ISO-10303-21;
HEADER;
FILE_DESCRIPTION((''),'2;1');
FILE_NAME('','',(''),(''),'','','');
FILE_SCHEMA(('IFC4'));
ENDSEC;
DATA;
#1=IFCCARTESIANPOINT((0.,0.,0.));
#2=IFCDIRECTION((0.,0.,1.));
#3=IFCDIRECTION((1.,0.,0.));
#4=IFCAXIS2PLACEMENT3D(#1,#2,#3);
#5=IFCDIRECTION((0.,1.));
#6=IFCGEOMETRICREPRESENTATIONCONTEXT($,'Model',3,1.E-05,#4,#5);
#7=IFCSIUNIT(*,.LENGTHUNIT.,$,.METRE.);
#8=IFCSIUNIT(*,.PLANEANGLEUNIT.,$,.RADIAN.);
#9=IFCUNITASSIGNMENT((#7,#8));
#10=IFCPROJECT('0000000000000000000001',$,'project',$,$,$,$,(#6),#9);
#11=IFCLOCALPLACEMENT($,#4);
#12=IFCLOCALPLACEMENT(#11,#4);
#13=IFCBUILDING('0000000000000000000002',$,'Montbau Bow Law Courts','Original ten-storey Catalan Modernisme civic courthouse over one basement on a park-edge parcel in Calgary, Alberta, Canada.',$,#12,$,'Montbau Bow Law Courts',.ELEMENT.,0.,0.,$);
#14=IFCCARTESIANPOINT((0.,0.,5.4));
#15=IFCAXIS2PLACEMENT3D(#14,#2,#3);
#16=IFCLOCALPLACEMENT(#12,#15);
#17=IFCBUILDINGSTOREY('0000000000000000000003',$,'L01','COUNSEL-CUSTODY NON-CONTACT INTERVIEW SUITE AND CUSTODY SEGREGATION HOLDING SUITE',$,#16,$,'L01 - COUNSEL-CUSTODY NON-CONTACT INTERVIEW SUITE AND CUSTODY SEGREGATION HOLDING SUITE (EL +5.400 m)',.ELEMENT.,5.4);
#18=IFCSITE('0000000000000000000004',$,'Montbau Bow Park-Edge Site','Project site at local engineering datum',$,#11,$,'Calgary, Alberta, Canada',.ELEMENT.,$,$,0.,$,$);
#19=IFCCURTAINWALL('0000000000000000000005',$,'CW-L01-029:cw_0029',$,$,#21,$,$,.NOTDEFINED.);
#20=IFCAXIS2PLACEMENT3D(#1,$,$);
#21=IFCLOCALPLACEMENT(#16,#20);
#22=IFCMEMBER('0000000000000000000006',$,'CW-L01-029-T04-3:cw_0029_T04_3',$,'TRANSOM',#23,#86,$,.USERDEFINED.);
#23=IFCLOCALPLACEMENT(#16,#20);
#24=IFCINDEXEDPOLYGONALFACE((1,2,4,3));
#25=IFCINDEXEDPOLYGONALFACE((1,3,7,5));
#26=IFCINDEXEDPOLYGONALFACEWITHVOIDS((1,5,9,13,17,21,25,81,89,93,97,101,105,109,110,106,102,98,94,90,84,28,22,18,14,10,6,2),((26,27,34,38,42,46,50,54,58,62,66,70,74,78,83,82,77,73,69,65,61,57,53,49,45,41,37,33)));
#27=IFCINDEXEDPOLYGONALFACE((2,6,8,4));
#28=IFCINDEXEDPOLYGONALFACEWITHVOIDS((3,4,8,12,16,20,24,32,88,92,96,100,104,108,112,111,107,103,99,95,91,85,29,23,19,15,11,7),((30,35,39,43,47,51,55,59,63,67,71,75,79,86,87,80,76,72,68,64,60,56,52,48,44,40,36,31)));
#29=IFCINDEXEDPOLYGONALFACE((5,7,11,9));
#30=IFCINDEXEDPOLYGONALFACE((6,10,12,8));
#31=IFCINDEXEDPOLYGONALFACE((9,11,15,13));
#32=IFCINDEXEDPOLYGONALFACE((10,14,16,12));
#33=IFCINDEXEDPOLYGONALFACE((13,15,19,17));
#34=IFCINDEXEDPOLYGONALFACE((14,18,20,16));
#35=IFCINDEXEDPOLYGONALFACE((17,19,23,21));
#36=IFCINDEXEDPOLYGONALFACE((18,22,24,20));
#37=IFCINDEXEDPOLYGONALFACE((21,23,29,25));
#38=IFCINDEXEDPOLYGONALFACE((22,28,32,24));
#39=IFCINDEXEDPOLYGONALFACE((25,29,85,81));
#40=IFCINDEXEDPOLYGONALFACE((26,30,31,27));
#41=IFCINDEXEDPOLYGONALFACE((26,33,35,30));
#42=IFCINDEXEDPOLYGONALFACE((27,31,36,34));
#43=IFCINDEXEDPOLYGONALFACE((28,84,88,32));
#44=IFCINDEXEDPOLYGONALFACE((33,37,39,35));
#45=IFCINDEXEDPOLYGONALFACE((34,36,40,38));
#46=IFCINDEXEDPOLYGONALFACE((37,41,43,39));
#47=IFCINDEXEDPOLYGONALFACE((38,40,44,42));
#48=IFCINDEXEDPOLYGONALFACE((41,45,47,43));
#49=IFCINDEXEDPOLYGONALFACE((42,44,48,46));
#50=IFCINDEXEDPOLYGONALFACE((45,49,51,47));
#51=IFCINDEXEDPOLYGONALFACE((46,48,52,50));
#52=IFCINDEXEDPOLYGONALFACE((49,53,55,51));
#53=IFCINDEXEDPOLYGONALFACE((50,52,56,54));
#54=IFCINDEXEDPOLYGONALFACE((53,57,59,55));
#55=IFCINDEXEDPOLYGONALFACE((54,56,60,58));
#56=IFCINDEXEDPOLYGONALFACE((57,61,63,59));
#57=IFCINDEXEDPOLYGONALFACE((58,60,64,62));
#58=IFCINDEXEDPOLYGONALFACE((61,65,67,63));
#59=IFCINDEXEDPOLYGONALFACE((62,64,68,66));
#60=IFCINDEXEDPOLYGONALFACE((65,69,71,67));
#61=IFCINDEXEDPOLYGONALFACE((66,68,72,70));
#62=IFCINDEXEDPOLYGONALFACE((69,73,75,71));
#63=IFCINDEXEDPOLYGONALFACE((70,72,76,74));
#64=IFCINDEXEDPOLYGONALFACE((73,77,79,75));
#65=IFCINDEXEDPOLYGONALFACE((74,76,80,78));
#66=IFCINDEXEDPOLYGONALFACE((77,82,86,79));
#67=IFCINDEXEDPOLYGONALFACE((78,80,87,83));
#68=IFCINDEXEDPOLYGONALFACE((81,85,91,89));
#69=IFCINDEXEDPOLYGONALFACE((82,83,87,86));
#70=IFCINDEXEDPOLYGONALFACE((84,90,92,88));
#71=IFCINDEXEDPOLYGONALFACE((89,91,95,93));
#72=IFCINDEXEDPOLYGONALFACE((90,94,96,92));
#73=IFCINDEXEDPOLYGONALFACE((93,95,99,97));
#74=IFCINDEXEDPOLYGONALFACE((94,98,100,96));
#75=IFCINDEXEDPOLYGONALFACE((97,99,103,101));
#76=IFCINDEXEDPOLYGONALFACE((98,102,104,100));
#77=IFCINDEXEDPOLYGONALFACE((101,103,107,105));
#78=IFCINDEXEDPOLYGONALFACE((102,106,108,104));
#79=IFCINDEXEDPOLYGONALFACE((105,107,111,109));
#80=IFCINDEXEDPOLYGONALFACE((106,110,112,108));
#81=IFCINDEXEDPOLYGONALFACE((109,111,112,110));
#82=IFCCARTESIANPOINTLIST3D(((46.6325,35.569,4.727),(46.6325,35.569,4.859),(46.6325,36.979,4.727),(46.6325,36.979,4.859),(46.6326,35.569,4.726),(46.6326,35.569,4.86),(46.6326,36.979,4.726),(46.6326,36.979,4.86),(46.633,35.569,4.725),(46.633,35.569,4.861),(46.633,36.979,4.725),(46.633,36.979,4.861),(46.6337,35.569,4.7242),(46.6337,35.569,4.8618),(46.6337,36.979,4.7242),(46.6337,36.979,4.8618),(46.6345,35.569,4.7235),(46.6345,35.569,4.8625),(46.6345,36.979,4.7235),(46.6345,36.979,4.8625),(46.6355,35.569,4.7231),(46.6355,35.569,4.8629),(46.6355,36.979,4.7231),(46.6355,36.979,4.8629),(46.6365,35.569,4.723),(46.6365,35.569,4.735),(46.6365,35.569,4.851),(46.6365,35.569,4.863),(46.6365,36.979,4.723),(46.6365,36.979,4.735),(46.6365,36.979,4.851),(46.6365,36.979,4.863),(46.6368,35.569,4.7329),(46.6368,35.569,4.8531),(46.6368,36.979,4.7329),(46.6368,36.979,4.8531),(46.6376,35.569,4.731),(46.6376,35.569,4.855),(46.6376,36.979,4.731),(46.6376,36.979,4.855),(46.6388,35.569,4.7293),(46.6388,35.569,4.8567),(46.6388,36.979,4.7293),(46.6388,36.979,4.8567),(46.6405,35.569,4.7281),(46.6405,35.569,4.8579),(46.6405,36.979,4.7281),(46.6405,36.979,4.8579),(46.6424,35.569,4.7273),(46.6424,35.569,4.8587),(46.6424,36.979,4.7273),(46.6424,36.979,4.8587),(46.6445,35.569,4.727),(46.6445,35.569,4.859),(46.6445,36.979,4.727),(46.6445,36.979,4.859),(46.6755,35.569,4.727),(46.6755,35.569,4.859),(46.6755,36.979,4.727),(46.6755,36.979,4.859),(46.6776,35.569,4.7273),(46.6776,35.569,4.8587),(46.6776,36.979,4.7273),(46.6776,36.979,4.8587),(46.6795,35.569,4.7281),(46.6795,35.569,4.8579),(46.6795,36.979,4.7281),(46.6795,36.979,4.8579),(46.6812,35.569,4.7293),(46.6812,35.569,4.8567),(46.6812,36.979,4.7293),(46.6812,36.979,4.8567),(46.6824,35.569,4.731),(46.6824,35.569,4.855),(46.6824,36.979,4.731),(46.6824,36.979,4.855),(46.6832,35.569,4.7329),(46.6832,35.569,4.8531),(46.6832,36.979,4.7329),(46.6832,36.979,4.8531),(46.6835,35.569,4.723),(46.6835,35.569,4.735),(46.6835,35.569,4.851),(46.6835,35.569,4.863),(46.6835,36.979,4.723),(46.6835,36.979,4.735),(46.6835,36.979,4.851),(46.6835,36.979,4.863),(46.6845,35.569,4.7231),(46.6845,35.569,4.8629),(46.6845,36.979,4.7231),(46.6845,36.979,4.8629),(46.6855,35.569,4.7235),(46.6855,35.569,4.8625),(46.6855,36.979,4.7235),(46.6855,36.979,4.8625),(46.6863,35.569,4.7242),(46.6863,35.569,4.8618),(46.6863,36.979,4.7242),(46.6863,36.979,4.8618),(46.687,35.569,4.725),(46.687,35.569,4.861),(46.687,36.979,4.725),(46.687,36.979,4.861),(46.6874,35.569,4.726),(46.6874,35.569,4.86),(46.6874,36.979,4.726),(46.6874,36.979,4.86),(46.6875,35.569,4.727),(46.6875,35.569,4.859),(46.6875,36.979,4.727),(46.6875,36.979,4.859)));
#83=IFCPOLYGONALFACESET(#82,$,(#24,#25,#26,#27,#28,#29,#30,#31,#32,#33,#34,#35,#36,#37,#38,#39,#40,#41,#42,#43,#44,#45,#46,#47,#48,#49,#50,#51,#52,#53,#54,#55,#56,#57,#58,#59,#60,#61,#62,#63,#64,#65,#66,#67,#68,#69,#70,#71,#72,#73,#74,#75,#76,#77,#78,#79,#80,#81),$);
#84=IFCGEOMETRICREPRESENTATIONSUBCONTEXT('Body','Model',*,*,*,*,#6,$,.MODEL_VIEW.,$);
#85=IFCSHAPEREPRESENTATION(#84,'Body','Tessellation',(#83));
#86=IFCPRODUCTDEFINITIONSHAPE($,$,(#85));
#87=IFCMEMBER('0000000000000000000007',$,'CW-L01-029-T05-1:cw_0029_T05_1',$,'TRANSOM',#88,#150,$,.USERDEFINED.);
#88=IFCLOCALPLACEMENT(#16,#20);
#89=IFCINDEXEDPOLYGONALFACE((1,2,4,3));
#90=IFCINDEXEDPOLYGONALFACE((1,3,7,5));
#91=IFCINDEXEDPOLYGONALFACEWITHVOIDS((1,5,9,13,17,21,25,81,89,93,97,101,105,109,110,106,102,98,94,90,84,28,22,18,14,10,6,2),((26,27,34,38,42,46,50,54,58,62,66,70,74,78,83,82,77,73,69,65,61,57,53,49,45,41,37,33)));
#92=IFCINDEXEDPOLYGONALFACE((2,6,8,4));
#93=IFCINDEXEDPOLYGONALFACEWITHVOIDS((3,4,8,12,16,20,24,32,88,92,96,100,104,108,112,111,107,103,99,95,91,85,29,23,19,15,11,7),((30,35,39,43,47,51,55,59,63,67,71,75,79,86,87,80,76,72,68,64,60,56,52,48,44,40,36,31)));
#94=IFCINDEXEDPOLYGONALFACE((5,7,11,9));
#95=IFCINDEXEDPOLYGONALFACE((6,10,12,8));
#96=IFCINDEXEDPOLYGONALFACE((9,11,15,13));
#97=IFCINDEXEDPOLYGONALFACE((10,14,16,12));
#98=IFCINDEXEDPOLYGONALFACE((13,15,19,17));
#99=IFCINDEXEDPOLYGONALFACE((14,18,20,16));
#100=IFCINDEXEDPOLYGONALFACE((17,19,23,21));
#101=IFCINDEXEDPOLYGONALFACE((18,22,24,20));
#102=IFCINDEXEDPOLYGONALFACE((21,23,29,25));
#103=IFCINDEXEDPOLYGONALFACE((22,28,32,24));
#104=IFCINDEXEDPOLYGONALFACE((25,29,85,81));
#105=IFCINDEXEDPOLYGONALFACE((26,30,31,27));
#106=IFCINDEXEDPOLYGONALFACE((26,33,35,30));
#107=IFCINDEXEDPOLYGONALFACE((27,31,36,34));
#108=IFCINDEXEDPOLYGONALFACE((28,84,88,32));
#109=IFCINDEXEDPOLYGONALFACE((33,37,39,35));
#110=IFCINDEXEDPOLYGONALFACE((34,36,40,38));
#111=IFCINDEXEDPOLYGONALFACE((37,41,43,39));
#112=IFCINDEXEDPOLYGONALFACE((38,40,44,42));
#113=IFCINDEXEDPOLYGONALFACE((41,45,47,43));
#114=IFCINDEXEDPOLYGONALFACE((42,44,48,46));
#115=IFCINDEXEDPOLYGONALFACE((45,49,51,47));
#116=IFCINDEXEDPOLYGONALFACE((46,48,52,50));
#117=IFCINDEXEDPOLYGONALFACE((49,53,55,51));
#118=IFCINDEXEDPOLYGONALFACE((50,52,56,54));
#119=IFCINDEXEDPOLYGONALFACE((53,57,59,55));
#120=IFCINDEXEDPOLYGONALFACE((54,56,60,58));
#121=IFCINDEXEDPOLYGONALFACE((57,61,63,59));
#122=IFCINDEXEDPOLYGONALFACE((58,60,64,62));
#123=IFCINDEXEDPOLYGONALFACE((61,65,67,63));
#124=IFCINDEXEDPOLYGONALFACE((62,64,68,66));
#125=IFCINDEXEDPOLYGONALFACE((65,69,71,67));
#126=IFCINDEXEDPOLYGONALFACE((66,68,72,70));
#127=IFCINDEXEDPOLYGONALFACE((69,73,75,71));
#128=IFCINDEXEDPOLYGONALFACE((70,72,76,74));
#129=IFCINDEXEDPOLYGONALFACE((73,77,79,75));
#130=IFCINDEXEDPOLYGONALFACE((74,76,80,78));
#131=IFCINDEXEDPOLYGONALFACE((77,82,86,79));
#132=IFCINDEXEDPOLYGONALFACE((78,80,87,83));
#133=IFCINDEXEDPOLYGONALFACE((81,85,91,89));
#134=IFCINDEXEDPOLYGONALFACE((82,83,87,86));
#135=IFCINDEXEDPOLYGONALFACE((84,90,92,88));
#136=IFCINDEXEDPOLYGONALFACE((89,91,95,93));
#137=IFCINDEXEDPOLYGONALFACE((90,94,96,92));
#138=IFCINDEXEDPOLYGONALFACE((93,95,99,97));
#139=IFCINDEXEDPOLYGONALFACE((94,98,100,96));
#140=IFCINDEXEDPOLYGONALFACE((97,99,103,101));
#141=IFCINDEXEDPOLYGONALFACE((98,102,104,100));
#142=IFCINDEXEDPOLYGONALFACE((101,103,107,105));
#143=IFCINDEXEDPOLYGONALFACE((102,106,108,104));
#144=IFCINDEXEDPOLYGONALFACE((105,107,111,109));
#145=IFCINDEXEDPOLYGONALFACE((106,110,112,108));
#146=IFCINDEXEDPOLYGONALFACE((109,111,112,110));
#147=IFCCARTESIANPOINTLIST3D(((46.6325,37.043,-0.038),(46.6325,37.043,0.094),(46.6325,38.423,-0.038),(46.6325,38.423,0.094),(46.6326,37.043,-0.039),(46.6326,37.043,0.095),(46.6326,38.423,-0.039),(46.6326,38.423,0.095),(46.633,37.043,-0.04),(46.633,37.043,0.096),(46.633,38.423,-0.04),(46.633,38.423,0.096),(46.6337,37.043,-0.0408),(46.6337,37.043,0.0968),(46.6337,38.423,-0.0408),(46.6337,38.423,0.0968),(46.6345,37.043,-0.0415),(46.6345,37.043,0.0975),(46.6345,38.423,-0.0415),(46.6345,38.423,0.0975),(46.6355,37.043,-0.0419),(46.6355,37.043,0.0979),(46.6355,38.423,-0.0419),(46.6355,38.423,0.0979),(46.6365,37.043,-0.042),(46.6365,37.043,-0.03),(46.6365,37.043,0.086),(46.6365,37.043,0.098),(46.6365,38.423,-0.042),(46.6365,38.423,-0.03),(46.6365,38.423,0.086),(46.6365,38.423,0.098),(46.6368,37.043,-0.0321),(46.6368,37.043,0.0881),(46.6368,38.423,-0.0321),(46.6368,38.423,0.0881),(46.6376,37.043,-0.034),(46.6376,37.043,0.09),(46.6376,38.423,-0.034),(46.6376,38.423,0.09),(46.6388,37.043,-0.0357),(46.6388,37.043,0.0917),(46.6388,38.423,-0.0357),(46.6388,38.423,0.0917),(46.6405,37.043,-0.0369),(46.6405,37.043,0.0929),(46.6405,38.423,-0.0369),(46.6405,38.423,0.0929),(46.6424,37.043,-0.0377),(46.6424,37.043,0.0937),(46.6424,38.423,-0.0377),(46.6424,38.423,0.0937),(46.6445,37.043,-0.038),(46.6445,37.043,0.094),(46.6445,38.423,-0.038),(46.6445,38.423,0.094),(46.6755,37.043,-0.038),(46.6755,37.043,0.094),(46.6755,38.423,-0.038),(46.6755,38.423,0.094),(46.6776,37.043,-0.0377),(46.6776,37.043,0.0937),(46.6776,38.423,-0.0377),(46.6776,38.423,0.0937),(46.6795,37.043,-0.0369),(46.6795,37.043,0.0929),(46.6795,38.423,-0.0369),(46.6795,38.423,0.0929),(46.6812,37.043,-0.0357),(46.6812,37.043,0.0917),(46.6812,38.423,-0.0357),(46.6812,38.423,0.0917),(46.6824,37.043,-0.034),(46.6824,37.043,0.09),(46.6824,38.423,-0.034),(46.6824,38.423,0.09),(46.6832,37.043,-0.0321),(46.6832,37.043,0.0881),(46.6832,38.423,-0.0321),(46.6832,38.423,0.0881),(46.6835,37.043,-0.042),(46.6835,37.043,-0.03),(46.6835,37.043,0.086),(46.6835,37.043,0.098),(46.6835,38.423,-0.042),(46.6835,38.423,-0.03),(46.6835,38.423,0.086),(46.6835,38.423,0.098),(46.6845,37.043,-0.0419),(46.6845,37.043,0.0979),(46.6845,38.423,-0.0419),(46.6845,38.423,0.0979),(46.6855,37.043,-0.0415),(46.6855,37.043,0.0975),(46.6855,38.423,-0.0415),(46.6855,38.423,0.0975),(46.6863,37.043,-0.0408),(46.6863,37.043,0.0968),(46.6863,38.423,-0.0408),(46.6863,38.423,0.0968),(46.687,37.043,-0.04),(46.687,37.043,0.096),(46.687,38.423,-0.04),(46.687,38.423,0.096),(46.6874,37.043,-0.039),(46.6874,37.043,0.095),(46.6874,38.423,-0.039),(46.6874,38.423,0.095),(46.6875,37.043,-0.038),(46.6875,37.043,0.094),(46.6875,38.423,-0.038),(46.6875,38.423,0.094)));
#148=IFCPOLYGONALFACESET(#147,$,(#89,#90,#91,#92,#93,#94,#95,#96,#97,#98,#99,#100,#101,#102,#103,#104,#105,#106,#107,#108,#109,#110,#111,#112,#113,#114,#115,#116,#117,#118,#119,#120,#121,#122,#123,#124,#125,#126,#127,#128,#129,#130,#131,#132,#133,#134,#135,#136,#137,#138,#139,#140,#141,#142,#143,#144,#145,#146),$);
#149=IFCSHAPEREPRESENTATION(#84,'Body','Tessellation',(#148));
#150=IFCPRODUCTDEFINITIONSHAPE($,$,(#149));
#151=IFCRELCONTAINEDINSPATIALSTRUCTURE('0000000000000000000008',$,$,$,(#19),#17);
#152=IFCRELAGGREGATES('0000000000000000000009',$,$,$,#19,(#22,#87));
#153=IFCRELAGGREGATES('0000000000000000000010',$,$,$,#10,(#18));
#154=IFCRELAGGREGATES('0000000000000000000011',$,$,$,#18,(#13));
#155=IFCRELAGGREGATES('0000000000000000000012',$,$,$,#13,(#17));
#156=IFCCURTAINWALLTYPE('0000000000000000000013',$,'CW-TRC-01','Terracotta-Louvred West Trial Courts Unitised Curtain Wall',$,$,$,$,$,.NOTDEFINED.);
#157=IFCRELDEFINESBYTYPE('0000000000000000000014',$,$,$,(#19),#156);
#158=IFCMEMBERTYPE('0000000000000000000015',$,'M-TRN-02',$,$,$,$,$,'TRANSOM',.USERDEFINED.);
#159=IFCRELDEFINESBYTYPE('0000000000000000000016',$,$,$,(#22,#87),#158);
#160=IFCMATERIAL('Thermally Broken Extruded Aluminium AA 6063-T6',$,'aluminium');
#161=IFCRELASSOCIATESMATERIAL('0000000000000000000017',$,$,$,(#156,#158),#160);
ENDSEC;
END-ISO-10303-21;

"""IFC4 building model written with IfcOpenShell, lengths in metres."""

from ifc_helpers import new_model, si_unit, direction, frame, origin_with_axes, origin_2d_with_axis, place, context, subcontext, project, spatial, hollow_rectangle, extrude, material, material_profile, profile_set, type_object, element, aggregate, save


model = new_model("IFC4")

# Units and contexts
model_context = context("Model", 3, precision=1e-05, world=origin_with_axes(), true_north=direction((0.0, 1.0)))
body_context = subcontext(model_context, "Body", "Model", "MODEL_VIEW")
ifc_project = project(units=[si_unit("LENGTHUNIT", "METRE"), si_unit("PLANEANGLEUNIT", "RADIAN")], contexts=[model_context])

# Site, building, storey
site_placement = place(None, origin_with_axes())
site = spatial("IfcSite", under=ifc_project, at=site_placement, Name="Montbau Bow Park-Edge Site", Description="Project site at local engineering datum", LongName="Calgary, Alberta, Canada", CompositionType="ELEMENT", RefElevation=0.0)
building_placement = place(site_placement, origin_with_axes())
building = spatial("IfcBuilding", under=site, at=building_placement, Name="Montbau Bow Law Courts", Description="Original ten-storey Catalan Modernisme civic courthouse over one basement on a park-edge parcel in Calgary, Alberta, Canada.", LongName="Montbau Bow Law Courts", CompositionType="ELEMENT", ElevationOfRefHeight=0.0, ElevationOfTerrain=0.0)
storey_placement = place(building_placement, frame((0.0, 0.0, 5.4), z_axis=(0.0, 0.0, 1.0), x_axis=(1.0, 0.0, 0.0)))
storey = spatial("IfcBuildingStorey", under=building, at=storey_placement, Name="L01", Description="COUNSEL-CUSTODY NON-CONTACT INTERVIEW SUITE AND CUSTODY SEGREGATION HOLDING SUITE", LongName="L01 - COUNSEL-CUSTODY NON-CONTACT INTERVIEW SUITE AND CUSTODY SEGREGATION HOLDING SUITE (EL +5.400 m)", CompositionType="ELEMENT", Elevation=5.4)

# Curtain wall, members
ifc_material_1 = material(Name="Thermally Broken Extruded Aluminium AA 6063-T6", Category="aluminium")
curtain_wall_type = type_object("IfcCurtainWallType", Name="CW-TRC-01", Description="Terracotta-Louvred West Trial Courts Unitised Curtain Wall", PredefinedType="NOTDEFINED", material=ifc_material_1)
curtain_wall_placement = place(None, frame((46.66, 31.115, 5.4), z_axis=(0.0, 0.0, 1.0), x_axis=(1.0, 0.0, 0.0)))
curtain_wall = element("IfcCurtainWall", 1, at=curtain_wall_placement, inside=storey, type_object=curtain_wall_type, Name="CW-L01-029:cw_0029", PredefinedType="NOTDEFINED")
ifc_material_profile = material_profile(ifc_material_1, hollow_rectangle(XDim=0.055, YDim=0.14, WallThickness=0.004, InnerFilletRadius=0.008, OuterFilletRadius=0.004, at=origin_2d_with_axis()), Name="CWT-140X55", Category="Main", Priority=0)
ifc_profile_set = profile_set([ifc_material_profile], Name="Thermally Broken Extruded Aluminium AA 6063-T6")
member_type = type_object("IfcMemberType", Name="M-TRN-02", ElementType="TRANSOM", PredefinedType="USERDEFINED", material=ifc_profile_set)
member_1_placement = place(None, frame((46.66, 35.569, 10.193), z_axis=(0.0, 1.0, 0.0), x_axis=(-1.0, 0.0, 0.0)))
member_1 = element("IfcMember", 2, at=member_1_placement, type_object=member_type, Name="CW-L01-029-T04-3:cw_0029_T04_3", ObjectType="TRANSOM", PredefinedType="USERDEFINED", context=body_context, shape_type="SweptSolid", body=[
    extrude(hollow_rectangle(XDim=0.055, YDim=0.14, WallThickness=0.004, InnerFilletRadius=0.008, OuterFilletRadius=0.004, at=origin_2d_with_axis()), origin_with_axes(), (0.0, 0.0, 1.0), 1.41),
])
member_2_placement = place(None, frame((46.66, 37.043, 5.428), z_axis=(0.0, 1.0, 0.0), x_axis=(-1.0, 0.0, 0.0)))
member_2 = element("IfcMember", 3, at=member_2_placement, type_object=member_type, Name="CW-L01-029-T05-1:cw_0029_T05_1", ObjectType="TRANSOM", PredefinedType="USERDEFINED", context=body_context, shape_type="SweptSolid", body=[
    extrude(hollow_rectangle(XDim=0.055, YDim=0.14, WallThickness=0.004, InnerFilletRadius=0.008, OuterFilletRadius=0.004, at=origin_2d_with_axis()), origin_with_axes(), (0.0, 0.0, 1.0), 1.38),
])
aggregate(curtain_wall, [member_1, member_2])

save(model, "model.ifc")
